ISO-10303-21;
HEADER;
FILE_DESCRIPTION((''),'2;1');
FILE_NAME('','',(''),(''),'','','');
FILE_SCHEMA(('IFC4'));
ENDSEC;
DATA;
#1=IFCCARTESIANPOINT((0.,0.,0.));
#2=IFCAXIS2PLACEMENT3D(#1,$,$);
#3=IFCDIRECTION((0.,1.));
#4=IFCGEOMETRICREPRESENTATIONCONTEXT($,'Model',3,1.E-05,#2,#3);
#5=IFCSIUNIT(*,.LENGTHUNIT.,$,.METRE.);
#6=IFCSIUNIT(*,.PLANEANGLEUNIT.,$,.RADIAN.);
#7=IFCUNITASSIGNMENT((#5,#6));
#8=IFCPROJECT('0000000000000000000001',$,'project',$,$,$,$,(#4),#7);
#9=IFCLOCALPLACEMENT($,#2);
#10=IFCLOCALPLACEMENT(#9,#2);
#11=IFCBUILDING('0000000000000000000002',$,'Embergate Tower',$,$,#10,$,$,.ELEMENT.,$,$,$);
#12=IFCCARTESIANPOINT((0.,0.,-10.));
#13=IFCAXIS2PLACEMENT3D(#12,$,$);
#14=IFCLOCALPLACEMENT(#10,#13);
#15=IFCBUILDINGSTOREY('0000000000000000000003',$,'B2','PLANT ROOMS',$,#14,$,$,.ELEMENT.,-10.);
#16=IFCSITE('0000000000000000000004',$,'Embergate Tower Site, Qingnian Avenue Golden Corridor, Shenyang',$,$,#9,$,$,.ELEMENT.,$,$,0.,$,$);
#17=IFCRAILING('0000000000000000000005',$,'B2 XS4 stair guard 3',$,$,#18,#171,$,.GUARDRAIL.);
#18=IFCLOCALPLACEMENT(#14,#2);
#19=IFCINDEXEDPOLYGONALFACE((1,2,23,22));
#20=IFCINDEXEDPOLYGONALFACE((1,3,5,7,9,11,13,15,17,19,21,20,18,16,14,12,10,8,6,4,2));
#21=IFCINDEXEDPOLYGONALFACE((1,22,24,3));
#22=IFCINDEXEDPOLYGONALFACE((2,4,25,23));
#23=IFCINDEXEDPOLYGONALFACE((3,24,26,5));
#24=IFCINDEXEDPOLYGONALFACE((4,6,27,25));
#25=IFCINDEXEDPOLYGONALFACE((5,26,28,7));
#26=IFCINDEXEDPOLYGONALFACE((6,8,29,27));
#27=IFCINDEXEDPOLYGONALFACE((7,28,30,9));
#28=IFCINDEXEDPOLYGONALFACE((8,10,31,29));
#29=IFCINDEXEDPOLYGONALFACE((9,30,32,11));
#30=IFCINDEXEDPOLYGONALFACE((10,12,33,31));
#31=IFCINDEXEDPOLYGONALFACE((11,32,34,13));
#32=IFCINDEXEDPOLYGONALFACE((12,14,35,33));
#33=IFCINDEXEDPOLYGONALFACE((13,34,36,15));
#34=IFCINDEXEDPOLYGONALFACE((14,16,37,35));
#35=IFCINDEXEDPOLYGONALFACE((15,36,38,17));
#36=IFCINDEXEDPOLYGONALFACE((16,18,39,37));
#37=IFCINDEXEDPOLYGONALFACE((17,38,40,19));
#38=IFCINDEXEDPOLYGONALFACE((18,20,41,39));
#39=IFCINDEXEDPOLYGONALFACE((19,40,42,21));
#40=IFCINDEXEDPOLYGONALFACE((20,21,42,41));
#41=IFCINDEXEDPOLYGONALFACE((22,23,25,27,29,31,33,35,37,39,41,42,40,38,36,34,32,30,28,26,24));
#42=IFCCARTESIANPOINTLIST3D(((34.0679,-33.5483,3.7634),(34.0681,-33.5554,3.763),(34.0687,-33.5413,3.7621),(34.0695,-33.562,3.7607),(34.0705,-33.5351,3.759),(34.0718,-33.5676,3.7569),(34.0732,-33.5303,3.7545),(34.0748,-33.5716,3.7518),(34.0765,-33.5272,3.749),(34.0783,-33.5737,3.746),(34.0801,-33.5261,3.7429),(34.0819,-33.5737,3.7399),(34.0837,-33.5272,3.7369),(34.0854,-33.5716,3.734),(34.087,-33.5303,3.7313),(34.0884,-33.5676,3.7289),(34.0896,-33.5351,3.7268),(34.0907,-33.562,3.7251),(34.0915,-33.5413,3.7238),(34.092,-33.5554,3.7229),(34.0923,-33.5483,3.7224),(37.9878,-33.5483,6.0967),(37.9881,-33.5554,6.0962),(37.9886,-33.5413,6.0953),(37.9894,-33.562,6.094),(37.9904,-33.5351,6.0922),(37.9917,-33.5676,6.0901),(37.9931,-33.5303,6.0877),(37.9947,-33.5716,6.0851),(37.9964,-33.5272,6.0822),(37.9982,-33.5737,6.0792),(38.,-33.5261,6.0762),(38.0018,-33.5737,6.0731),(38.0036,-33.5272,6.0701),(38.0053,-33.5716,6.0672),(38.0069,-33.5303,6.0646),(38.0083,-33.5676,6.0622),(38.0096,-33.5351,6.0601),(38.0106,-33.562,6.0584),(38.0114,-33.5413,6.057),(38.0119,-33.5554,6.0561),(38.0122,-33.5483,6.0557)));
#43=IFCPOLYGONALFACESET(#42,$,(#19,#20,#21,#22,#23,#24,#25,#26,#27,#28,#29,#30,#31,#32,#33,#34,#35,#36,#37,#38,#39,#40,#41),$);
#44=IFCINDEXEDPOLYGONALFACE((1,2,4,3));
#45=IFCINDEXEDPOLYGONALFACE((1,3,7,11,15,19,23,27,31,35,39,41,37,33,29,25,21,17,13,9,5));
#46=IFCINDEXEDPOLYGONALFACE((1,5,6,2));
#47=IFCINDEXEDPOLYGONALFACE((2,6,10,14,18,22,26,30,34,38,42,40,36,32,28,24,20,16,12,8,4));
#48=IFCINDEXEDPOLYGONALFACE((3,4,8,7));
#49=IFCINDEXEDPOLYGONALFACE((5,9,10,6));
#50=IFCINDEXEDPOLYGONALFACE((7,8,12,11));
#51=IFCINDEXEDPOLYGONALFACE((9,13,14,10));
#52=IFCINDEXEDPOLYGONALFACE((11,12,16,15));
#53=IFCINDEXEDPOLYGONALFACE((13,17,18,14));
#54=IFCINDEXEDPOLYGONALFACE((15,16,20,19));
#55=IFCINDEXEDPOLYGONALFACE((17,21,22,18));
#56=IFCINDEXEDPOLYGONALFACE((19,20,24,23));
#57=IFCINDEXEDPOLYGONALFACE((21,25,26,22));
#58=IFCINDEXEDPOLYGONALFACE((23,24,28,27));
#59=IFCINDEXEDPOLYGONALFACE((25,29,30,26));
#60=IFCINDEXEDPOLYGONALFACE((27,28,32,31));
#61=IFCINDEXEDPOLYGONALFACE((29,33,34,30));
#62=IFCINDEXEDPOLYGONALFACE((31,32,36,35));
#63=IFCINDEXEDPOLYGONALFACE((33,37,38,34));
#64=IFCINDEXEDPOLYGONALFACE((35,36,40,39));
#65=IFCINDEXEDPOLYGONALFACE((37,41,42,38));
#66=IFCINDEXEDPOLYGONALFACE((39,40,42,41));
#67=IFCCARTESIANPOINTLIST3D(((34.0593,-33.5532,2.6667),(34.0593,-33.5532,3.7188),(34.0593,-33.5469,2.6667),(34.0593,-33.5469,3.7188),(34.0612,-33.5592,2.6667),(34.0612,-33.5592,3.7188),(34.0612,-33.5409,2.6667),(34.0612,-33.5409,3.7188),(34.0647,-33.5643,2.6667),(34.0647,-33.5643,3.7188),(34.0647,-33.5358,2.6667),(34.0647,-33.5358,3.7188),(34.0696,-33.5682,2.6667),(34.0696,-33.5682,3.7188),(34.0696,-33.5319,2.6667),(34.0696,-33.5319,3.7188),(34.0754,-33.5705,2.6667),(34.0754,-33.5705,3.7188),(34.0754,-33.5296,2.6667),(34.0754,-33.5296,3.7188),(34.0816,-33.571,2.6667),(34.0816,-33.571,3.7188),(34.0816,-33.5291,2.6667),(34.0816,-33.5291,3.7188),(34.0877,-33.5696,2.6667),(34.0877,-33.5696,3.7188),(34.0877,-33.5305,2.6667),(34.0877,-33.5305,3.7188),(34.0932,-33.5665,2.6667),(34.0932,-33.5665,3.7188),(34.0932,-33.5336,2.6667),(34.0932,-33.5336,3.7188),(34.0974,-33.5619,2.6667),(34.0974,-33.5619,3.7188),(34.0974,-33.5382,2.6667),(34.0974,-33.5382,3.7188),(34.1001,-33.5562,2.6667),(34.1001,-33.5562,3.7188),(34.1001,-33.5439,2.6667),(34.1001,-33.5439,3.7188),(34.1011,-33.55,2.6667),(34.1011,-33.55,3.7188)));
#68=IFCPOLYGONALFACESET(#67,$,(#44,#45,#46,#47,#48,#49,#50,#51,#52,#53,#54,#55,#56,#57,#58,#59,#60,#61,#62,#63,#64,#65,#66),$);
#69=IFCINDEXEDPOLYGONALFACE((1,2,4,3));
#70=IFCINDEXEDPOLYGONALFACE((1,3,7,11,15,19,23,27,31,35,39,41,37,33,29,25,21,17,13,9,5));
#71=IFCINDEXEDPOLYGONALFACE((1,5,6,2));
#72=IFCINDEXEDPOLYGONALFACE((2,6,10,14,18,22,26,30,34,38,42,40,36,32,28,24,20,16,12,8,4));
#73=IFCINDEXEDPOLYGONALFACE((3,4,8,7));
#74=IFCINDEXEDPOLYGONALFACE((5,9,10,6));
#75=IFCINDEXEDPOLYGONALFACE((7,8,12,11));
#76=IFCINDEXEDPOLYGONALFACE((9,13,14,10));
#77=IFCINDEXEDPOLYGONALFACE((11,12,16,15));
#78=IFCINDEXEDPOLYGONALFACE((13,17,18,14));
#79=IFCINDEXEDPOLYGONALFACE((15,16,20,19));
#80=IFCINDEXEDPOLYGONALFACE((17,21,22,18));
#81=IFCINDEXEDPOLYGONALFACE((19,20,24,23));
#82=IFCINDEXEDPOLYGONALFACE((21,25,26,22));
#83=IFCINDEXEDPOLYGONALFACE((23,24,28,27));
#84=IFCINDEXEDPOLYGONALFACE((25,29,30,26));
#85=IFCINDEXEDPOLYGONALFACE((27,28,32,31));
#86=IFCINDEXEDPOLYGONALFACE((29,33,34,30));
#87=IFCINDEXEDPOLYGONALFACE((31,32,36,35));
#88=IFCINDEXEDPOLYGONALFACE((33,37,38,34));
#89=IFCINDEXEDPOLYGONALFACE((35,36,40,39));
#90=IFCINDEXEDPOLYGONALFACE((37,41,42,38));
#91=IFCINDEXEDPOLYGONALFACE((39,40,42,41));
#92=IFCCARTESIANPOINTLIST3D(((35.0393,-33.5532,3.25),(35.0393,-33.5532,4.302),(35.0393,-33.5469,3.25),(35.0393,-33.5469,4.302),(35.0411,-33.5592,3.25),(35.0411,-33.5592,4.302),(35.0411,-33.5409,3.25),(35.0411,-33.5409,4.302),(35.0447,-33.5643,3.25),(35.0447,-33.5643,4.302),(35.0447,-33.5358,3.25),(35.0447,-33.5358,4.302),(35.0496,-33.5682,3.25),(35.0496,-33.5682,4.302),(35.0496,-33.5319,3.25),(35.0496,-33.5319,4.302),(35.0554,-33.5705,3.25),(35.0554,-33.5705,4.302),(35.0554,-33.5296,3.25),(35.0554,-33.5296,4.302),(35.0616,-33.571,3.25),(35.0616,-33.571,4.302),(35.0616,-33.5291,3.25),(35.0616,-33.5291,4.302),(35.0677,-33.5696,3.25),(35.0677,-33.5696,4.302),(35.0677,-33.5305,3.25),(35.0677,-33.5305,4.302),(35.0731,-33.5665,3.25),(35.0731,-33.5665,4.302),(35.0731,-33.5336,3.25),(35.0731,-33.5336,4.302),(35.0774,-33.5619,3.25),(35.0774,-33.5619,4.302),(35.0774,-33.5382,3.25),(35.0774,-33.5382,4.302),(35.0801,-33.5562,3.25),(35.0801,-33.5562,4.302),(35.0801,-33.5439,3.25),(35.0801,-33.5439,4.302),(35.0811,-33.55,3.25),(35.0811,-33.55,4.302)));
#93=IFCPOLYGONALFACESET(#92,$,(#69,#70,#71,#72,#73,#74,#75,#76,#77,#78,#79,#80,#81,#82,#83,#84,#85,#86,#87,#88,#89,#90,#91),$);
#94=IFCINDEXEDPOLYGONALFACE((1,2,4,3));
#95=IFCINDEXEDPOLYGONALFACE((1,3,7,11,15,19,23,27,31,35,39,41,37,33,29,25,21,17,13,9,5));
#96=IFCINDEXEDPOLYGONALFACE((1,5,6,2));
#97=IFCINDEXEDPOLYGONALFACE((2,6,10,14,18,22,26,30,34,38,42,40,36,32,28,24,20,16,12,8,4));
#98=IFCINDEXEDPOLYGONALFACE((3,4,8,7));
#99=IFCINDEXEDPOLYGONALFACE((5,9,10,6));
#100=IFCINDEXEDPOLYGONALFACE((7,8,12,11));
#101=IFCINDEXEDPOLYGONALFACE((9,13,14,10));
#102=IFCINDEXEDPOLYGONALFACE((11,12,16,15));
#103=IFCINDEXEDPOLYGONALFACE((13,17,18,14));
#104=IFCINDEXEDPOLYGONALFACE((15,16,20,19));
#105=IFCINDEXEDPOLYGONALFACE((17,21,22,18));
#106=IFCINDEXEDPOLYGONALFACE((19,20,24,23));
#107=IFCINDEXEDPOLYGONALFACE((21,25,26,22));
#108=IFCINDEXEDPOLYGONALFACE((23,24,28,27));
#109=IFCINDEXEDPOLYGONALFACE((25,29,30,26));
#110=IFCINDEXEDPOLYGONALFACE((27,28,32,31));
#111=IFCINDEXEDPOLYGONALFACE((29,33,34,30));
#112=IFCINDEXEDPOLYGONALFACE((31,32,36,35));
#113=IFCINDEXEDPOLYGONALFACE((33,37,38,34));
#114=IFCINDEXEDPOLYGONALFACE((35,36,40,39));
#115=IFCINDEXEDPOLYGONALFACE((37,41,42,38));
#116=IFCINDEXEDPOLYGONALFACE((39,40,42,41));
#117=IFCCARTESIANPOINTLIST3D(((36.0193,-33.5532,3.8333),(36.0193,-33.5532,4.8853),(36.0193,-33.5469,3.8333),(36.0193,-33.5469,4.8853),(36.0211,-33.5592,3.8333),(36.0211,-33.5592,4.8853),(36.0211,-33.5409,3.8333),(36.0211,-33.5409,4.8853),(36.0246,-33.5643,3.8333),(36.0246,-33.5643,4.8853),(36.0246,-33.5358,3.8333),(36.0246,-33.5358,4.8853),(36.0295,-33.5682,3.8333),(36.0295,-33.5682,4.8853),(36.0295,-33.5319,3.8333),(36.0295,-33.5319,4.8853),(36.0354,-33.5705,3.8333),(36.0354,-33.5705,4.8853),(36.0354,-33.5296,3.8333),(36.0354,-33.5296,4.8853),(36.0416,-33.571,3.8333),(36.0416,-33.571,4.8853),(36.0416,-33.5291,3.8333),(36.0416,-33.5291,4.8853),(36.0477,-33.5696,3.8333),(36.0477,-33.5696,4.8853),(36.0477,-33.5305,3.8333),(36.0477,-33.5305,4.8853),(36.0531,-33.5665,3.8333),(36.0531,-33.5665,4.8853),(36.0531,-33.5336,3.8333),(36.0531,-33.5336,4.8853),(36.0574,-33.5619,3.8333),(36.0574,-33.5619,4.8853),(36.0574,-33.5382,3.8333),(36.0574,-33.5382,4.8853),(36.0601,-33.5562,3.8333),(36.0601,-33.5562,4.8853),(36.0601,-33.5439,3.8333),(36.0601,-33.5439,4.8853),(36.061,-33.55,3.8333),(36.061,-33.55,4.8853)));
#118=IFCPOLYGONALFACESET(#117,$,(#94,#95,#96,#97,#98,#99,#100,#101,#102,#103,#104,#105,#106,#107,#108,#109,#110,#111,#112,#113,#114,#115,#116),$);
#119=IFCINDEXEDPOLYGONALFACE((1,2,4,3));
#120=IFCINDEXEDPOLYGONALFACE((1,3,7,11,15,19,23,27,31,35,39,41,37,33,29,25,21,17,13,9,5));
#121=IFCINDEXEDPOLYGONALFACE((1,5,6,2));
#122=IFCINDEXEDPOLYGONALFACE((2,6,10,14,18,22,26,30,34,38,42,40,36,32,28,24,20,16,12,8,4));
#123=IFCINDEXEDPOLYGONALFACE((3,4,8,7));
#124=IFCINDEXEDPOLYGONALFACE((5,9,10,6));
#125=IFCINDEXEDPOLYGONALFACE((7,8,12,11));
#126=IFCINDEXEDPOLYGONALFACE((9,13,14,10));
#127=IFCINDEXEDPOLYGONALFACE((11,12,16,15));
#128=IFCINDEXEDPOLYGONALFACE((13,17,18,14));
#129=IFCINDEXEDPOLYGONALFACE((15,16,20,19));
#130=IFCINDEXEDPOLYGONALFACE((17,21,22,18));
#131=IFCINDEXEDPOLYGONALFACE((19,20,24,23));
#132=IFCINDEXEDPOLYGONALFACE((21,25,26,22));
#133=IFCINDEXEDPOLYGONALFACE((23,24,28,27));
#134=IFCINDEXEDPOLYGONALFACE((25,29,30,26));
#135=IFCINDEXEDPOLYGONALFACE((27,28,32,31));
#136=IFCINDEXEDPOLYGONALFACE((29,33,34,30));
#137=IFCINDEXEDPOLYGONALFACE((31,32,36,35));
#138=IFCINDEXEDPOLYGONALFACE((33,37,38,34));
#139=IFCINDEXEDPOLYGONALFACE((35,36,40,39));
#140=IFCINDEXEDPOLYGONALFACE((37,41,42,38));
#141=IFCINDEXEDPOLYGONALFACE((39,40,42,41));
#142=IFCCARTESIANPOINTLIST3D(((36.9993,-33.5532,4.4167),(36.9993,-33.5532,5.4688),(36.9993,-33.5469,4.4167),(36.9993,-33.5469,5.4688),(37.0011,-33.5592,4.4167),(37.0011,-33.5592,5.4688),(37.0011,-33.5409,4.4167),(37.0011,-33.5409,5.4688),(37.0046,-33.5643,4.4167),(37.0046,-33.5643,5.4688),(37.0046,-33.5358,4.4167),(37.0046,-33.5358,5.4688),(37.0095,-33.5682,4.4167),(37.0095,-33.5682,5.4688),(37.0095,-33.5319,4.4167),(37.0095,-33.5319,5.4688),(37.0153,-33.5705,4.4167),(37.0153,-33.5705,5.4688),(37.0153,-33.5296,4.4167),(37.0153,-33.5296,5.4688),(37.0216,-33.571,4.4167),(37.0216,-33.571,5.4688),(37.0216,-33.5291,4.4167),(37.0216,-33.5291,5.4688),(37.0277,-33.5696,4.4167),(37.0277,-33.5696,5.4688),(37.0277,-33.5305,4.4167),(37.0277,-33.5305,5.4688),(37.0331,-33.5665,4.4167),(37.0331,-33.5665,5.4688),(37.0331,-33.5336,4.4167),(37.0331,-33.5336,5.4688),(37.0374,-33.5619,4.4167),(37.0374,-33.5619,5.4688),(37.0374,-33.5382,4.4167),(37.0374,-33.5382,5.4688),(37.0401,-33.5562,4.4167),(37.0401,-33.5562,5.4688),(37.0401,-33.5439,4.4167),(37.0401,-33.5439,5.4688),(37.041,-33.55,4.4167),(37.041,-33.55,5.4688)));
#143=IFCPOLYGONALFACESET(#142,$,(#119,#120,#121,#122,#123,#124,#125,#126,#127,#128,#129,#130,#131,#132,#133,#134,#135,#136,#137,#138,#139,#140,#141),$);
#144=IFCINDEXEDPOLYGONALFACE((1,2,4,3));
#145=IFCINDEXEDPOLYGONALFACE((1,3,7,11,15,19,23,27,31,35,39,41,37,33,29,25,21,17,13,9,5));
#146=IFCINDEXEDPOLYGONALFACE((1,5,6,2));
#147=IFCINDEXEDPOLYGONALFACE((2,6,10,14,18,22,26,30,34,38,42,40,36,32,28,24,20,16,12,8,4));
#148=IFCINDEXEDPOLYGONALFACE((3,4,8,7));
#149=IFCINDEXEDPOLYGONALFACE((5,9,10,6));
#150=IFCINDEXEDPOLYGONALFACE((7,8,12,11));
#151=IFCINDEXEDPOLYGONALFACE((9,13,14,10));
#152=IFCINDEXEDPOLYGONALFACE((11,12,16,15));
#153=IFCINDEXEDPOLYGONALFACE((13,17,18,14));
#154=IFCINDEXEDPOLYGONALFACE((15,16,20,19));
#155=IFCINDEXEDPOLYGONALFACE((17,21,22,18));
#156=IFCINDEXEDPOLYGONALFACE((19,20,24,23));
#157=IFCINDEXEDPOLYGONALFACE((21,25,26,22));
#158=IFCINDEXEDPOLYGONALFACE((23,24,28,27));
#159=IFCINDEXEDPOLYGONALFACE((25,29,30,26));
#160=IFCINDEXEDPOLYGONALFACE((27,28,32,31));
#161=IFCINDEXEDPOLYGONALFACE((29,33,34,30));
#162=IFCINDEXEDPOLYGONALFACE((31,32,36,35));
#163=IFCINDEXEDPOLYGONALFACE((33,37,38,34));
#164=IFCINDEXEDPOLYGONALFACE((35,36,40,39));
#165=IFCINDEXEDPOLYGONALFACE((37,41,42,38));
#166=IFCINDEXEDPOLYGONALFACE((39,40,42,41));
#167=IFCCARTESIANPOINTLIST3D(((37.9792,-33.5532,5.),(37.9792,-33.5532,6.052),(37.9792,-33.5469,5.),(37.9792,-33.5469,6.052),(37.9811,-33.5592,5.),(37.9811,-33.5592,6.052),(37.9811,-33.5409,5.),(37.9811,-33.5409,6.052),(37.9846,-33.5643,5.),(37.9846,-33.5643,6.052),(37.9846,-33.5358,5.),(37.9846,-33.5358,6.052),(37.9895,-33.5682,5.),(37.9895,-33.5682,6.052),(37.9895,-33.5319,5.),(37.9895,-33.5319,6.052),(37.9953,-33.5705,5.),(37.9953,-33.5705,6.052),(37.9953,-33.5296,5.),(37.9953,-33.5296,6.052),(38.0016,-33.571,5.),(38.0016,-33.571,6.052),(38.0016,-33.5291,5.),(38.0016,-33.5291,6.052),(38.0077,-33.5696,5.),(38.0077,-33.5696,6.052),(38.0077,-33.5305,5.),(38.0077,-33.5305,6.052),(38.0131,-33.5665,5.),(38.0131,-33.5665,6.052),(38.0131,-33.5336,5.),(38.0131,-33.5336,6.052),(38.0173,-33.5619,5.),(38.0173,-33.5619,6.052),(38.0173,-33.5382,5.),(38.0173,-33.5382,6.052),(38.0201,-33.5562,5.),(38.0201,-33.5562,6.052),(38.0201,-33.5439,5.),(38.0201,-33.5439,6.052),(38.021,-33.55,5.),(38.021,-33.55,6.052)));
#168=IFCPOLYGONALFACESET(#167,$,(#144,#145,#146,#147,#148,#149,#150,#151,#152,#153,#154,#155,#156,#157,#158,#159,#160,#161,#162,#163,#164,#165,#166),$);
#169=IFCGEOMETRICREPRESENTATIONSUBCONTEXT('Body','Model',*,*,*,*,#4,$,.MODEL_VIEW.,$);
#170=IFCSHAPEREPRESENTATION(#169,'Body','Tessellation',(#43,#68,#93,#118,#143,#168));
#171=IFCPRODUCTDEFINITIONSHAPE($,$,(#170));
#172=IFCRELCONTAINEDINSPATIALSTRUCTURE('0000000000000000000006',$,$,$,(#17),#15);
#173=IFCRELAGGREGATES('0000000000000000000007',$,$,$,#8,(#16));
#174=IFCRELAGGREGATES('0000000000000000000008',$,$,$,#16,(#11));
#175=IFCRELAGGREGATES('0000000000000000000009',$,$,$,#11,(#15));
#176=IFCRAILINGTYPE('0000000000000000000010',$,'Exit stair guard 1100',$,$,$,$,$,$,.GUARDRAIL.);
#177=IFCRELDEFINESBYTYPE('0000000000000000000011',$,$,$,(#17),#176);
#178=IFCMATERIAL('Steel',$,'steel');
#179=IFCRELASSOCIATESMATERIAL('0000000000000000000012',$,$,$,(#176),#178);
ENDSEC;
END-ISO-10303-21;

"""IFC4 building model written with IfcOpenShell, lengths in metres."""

from ifc_helpers import new_model, si_unit, direction, frame, origin, origin_2d, place, context, subcontext, project, spatial, circle, extrude, source, transform, mapped, material, type_object, element, save


model = new_model("IFC4")

# Units and contexts
model_context = context("Model", 3, precision=1e-05, world=origin(), true_north=direction((0.0, 1.0)))
body_context = subcontext(model_context, "Body", "Model", "MODEL_VIEW")
ifc_project = project(units=[si_unit("LENGTHUNIT", "METRE"), si_unit("PLANEANGLEUNIT", "RADIAN")], contexts=[model_context])

# Site, building, storey
site_placement = place(None, origin())
site = spatial("IfcSite", under=ifc_project, at=site_placement, Name="Embergate Tower Site, Qingnian Avenue Golden Corridor, Shenyang", CompositionType="ELEMENT", RefElevation=0.0)
building_placement = place(site_placement, origin())
building = spatial("IfcBuilding", under=site, at=building_placement, Name="Embergate Tower", CompositionType="ELEMENT")
storey_placement = place(building_placement, frame((0.0, 0.0, -10.0)))
storey = spatial("IfcBuildingStorey", under=building, at=storey_placement, Name="B2", Description="PLANT ROOMS", CompositionType="ELEMENT", Elevation=-10.0)

# Railing
ifc_material_1 = material(Name="Steel", Category="steel")
railing_type_1 = type_object("IfcRailingType", Name="Exit stair guard 1100", PredefinedType="GUARDRAIL", material=ifc_material_1)
shared_shape_1 = source(origin(), body_context, "Body", "SweptSolid", [
    extrude(circle(Radius=0.0239, at=origin_2d()), frame((0.0, 0.0, 1.0762), z_axis=(0.859296, 0.0, 0.511478), x_axis=(0.0, 1.0, 0.0)), (0.0, 0.0, 1.0), 4.5618),
    extrude(circle(Radius=0.021, at=origin_2d()), origin(), (0.0, 0.0, 1.0), 1.052),
    extrude(circle(Radius=0.021, at=origin_2d()), frame((0.98, 0.0, 0.5833)), (0.0, 0.0, 1.0), 1.052),
    extrude(circle(Radius=0.021, at=origin_2d()), frame((1.96, 0.0, 1.1665)), (0.0, 0.0, 1.0), 1.052),
    extrude(circle(Radius=0.021, at=origin_2d()), frame((2.9399, 0.0, 1.75)), (0.0, 0.0, 1.0), 1.052),
    extrude(circle(Radius=0.021, at=origin_2d()), frame((3.9199, 0.0, 2.3333)), (0.0, 0.0, 1.0), 1.052),
])
railing_1_placement = place(storey_placement, frame((34.0801, -33.55, 2.6667)))
element("IfcRailing", 1, at=railing_1_placement, inside=storey, type_object=railing_type_1, Name="B2 XS4 stair guard 3", PredefinedType="GUARDRAIL", context=body_context, shape_type="MappedRepresentation", body=[
    mapped(shared_shape_1, transform((0.0, 0.0, 0.0))),
])

save(model, "model.ifc")
